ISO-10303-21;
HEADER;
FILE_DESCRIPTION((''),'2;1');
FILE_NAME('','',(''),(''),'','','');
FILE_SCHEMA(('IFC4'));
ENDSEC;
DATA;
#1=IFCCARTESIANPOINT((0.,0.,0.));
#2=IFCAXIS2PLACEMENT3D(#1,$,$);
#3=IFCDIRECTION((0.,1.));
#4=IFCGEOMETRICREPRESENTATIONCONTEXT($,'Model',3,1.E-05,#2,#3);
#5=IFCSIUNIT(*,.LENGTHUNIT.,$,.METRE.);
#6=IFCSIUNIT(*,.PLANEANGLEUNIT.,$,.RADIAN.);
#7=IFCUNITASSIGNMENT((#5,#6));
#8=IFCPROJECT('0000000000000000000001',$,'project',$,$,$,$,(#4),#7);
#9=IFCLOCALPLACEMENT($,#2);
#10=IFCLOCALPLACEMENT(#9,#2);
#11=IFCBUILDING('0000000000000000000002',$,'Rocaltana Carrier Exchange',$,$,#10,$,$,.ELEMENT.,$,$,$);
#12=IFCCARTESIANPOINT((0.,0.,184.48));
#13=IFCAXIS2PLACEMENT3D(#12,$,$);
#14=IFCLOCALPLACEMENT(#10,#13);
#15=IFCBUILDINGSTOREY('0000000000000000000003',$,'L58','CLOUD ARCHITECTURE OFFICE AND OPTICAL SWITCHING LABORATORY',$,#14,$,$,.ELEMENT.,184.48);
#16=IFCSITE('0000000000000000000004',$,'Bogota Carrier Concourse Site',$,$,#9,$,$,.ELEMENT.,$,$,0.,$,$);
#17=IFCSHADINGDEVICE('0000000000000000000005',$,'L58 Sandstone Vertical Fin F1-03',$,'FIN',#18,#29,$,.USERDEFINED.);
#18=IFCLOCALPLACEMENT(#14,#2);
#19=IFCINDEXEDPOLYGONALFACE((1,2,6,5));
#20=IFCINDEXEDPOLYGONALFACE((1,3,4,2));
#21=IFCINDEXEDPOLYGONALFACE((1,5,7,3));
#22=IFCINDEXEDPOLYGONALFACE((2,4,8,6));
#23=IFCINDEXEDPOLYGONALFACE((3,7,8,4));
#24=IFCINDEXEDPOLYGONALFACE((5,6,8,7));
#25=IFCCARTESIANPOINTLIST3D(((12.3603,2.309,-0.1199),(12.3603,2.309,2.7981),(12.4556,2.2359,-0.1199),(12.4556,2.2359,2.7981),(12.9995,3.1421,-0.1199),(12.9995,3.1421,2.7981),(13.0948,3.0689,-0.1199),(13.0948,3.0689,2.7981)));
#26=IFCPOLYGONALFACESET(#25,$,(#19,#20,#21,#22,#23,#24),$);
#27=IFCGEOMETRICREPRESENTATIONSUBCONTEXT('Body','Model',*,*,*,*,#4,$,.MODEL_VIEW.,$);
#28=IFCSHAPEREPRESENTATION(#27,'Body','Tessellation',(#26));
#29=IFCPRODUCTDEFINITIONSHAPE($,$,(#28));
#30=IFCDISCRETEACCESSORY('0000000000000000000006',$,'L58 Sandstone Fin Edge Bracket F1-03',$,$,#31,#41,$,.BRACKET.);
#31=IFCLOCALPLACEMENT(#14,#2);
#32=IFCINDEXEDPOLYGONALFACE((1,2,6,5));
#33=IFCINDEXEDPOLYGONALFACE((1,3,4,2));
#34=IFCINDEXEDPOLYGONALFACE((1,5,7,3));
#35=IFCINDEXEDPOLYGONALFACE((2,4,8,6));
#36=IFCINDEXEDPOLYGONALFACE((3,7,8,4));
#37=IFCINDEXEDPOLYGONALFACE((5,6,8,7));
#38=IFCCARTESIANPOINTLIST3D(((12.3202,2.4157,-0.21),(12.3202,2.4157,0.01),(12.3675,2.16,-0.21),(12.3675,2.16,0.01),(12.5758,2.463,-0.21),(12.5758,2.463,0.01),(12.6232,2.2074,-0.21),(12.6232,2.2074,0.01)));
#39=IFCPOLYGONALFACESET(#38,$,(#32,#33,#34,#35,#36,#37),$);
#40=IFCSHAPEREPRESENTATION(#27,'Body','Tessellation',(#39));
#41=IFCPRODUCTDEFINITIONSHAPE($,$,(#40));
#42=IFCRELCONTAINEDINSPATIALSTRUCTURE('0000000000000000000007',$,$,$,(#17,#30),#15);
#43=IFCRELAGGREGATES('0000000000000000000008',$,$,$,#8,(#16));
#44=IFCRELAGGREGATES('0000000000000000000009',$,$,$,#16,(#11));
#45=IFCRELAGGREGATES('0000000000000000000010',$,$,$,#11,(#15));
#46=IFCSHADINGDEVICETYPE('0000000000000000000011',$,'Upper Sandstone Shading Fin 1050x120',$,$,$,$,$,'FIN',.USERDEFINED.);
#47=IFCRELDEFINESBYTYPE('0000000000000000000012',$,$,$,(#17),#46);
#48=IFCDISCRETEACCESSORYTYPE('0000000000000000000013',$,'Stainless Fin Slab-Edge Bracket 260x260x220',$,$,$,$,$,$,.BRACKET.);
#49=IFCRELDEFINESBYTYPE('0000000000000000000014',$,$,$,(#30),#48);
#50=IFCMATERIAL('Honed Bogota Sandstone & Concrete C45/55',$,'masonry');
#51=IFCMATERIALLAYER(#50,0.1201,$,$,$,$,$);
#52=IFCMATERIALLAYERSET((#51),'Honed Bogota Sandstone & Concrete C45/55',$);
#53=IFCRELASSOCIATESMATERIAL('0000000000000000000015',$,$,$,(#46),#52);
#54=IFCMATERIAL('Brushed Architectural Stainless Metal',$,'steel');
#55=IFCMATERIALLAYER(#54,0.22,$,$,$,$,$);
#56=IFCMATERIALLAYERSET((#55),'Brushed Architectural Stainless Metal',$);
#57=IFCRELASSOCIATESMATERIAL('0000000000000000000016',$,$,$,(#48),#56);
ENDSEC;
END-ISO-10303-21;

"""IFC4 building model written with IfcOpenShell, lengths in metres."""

from ifc_helpers import new_model, si_unit, direction, frame, origin, origin_2d, place, context, subcontext, project, spatial, rectangle, extrude, material, layer, layer_set, type_object, element, save


model = new_model("IFC4")

# Units and contexts
model_context = context("Model", 3, precision=1e-05, world=origin(), true_north=direction((0.0, 1.0)))
body_context = subcontext(model_context, "Body", "Model", "MODEL_VIEW")
ifc_project = project(units=[si_unit("LENGTHUNIT", "METRE"), si_unit("PLANEANGLEUNIT", "RADIAN")], contexts=[model_context])

# Site, building, storey
site_placement = place(None, origin())
site = spatial("IfcSite", under=ifc_project, at=site_placement, Name="Bogota Carrier Concourse Site", CompositionType="ELEMENT", RefElevation=0.0)
building_placement = place(site_placement, origin())
building = spatial("IfcBuilding", under=site, at=building_placement, Name="Rocaltana Carrier Exchange", CompositionType="ELEMENT")
storey_placement = place(building_placement, frame((0.0, 0.0, 184.48)))
storey = spatial("IfcBuildingStorey", under=building, at=storey_placement, Name="L58", Description="CLOUD ARCHITECTURE OFFICE AND OPTICAL SWITCHING LABORATORY", CompositionType="ELEMENT", Elevation=184.48)

# Shading device
ifc_material_1 = material(Name="Honed Bogota Sandstone & Concrete C45/55", Category="masonry")
ifc_layer_1 = layer(ifc_material_1, 0.1201)
ifc_layer_set_1 = layer_set([ifc_layer_1], Name="Honed Bogota Sandstone & Concrete C45/55")
shading_device_type = type_object("IfcShadingDeviceType", Name="Upper Sandstone Shading Fin 1050x120", ElementType="FIN", PredefinedType="USERDEFINED", material=ifc_layer_set_1)
shading_device_placement = place(storey_placement, frame((12.7275, 2.689, -0.1199), z_axis=(0.0, 0.0, 1.0), x_axis=(0.608761, 0.793353, 0.0)))
element("IfcShadingDevice", 1, at=shading_device_placement, inside=storey, type_object=shading_device_type, Name="L58 Sandstone Vertical Fin F1-03", ObjectType="FIN", PredefinedType="USERDEFINED", context=body_context, shape_type="SweptSolid", body=[
    extrude(rectangle(XDim=1.05, YDim=0.1201, at=origin_2d()), origin(), (0.0, 0.0, 1.0), 2.918),
])

# Discrete accessory
ifc_material_2 = material(Name="Brushed Architectural Stainless Metal", Category="steel")
ifc_layer_2 = layer(ifc_material_2, 0.22)
ifc_layer_set_2 = layer_set([ifc_layer_2], Name="Brushed Architectural Stainless Metal")
discrete_accessory_type = type_object("IfcDiscreteAccessoryType", Name="Stainless Fin Slab-Edge Bracket 260x260x220", PredefinedType="BRACKET", material=ifc_layer_set_2)
discrete_accessory_placement = place(storey_placement, frame((12.4717, 2.3115, -0.21), z_axis=(0.0, 0.0, 1.0), x_axis=(-0.182236, 0.983255, 0.0)))
element("IfcDiscreteAccessory", 2, at=discrete_accessory_placement, inside=storey, type_object=discrete_accessory_type, Name="L58 Sandstone Fin Edge Bracket F1-03", PredefinedType="BRACKET", context=body_context, shape_type="SweptSolid", body=[
    extrude(rectangle(XDim=0.26, YDim=0.26, at=origin_2d()), origin(), (0.0, 0.0, 1.0), 0.22),
])

save(model, "model.ifc")
